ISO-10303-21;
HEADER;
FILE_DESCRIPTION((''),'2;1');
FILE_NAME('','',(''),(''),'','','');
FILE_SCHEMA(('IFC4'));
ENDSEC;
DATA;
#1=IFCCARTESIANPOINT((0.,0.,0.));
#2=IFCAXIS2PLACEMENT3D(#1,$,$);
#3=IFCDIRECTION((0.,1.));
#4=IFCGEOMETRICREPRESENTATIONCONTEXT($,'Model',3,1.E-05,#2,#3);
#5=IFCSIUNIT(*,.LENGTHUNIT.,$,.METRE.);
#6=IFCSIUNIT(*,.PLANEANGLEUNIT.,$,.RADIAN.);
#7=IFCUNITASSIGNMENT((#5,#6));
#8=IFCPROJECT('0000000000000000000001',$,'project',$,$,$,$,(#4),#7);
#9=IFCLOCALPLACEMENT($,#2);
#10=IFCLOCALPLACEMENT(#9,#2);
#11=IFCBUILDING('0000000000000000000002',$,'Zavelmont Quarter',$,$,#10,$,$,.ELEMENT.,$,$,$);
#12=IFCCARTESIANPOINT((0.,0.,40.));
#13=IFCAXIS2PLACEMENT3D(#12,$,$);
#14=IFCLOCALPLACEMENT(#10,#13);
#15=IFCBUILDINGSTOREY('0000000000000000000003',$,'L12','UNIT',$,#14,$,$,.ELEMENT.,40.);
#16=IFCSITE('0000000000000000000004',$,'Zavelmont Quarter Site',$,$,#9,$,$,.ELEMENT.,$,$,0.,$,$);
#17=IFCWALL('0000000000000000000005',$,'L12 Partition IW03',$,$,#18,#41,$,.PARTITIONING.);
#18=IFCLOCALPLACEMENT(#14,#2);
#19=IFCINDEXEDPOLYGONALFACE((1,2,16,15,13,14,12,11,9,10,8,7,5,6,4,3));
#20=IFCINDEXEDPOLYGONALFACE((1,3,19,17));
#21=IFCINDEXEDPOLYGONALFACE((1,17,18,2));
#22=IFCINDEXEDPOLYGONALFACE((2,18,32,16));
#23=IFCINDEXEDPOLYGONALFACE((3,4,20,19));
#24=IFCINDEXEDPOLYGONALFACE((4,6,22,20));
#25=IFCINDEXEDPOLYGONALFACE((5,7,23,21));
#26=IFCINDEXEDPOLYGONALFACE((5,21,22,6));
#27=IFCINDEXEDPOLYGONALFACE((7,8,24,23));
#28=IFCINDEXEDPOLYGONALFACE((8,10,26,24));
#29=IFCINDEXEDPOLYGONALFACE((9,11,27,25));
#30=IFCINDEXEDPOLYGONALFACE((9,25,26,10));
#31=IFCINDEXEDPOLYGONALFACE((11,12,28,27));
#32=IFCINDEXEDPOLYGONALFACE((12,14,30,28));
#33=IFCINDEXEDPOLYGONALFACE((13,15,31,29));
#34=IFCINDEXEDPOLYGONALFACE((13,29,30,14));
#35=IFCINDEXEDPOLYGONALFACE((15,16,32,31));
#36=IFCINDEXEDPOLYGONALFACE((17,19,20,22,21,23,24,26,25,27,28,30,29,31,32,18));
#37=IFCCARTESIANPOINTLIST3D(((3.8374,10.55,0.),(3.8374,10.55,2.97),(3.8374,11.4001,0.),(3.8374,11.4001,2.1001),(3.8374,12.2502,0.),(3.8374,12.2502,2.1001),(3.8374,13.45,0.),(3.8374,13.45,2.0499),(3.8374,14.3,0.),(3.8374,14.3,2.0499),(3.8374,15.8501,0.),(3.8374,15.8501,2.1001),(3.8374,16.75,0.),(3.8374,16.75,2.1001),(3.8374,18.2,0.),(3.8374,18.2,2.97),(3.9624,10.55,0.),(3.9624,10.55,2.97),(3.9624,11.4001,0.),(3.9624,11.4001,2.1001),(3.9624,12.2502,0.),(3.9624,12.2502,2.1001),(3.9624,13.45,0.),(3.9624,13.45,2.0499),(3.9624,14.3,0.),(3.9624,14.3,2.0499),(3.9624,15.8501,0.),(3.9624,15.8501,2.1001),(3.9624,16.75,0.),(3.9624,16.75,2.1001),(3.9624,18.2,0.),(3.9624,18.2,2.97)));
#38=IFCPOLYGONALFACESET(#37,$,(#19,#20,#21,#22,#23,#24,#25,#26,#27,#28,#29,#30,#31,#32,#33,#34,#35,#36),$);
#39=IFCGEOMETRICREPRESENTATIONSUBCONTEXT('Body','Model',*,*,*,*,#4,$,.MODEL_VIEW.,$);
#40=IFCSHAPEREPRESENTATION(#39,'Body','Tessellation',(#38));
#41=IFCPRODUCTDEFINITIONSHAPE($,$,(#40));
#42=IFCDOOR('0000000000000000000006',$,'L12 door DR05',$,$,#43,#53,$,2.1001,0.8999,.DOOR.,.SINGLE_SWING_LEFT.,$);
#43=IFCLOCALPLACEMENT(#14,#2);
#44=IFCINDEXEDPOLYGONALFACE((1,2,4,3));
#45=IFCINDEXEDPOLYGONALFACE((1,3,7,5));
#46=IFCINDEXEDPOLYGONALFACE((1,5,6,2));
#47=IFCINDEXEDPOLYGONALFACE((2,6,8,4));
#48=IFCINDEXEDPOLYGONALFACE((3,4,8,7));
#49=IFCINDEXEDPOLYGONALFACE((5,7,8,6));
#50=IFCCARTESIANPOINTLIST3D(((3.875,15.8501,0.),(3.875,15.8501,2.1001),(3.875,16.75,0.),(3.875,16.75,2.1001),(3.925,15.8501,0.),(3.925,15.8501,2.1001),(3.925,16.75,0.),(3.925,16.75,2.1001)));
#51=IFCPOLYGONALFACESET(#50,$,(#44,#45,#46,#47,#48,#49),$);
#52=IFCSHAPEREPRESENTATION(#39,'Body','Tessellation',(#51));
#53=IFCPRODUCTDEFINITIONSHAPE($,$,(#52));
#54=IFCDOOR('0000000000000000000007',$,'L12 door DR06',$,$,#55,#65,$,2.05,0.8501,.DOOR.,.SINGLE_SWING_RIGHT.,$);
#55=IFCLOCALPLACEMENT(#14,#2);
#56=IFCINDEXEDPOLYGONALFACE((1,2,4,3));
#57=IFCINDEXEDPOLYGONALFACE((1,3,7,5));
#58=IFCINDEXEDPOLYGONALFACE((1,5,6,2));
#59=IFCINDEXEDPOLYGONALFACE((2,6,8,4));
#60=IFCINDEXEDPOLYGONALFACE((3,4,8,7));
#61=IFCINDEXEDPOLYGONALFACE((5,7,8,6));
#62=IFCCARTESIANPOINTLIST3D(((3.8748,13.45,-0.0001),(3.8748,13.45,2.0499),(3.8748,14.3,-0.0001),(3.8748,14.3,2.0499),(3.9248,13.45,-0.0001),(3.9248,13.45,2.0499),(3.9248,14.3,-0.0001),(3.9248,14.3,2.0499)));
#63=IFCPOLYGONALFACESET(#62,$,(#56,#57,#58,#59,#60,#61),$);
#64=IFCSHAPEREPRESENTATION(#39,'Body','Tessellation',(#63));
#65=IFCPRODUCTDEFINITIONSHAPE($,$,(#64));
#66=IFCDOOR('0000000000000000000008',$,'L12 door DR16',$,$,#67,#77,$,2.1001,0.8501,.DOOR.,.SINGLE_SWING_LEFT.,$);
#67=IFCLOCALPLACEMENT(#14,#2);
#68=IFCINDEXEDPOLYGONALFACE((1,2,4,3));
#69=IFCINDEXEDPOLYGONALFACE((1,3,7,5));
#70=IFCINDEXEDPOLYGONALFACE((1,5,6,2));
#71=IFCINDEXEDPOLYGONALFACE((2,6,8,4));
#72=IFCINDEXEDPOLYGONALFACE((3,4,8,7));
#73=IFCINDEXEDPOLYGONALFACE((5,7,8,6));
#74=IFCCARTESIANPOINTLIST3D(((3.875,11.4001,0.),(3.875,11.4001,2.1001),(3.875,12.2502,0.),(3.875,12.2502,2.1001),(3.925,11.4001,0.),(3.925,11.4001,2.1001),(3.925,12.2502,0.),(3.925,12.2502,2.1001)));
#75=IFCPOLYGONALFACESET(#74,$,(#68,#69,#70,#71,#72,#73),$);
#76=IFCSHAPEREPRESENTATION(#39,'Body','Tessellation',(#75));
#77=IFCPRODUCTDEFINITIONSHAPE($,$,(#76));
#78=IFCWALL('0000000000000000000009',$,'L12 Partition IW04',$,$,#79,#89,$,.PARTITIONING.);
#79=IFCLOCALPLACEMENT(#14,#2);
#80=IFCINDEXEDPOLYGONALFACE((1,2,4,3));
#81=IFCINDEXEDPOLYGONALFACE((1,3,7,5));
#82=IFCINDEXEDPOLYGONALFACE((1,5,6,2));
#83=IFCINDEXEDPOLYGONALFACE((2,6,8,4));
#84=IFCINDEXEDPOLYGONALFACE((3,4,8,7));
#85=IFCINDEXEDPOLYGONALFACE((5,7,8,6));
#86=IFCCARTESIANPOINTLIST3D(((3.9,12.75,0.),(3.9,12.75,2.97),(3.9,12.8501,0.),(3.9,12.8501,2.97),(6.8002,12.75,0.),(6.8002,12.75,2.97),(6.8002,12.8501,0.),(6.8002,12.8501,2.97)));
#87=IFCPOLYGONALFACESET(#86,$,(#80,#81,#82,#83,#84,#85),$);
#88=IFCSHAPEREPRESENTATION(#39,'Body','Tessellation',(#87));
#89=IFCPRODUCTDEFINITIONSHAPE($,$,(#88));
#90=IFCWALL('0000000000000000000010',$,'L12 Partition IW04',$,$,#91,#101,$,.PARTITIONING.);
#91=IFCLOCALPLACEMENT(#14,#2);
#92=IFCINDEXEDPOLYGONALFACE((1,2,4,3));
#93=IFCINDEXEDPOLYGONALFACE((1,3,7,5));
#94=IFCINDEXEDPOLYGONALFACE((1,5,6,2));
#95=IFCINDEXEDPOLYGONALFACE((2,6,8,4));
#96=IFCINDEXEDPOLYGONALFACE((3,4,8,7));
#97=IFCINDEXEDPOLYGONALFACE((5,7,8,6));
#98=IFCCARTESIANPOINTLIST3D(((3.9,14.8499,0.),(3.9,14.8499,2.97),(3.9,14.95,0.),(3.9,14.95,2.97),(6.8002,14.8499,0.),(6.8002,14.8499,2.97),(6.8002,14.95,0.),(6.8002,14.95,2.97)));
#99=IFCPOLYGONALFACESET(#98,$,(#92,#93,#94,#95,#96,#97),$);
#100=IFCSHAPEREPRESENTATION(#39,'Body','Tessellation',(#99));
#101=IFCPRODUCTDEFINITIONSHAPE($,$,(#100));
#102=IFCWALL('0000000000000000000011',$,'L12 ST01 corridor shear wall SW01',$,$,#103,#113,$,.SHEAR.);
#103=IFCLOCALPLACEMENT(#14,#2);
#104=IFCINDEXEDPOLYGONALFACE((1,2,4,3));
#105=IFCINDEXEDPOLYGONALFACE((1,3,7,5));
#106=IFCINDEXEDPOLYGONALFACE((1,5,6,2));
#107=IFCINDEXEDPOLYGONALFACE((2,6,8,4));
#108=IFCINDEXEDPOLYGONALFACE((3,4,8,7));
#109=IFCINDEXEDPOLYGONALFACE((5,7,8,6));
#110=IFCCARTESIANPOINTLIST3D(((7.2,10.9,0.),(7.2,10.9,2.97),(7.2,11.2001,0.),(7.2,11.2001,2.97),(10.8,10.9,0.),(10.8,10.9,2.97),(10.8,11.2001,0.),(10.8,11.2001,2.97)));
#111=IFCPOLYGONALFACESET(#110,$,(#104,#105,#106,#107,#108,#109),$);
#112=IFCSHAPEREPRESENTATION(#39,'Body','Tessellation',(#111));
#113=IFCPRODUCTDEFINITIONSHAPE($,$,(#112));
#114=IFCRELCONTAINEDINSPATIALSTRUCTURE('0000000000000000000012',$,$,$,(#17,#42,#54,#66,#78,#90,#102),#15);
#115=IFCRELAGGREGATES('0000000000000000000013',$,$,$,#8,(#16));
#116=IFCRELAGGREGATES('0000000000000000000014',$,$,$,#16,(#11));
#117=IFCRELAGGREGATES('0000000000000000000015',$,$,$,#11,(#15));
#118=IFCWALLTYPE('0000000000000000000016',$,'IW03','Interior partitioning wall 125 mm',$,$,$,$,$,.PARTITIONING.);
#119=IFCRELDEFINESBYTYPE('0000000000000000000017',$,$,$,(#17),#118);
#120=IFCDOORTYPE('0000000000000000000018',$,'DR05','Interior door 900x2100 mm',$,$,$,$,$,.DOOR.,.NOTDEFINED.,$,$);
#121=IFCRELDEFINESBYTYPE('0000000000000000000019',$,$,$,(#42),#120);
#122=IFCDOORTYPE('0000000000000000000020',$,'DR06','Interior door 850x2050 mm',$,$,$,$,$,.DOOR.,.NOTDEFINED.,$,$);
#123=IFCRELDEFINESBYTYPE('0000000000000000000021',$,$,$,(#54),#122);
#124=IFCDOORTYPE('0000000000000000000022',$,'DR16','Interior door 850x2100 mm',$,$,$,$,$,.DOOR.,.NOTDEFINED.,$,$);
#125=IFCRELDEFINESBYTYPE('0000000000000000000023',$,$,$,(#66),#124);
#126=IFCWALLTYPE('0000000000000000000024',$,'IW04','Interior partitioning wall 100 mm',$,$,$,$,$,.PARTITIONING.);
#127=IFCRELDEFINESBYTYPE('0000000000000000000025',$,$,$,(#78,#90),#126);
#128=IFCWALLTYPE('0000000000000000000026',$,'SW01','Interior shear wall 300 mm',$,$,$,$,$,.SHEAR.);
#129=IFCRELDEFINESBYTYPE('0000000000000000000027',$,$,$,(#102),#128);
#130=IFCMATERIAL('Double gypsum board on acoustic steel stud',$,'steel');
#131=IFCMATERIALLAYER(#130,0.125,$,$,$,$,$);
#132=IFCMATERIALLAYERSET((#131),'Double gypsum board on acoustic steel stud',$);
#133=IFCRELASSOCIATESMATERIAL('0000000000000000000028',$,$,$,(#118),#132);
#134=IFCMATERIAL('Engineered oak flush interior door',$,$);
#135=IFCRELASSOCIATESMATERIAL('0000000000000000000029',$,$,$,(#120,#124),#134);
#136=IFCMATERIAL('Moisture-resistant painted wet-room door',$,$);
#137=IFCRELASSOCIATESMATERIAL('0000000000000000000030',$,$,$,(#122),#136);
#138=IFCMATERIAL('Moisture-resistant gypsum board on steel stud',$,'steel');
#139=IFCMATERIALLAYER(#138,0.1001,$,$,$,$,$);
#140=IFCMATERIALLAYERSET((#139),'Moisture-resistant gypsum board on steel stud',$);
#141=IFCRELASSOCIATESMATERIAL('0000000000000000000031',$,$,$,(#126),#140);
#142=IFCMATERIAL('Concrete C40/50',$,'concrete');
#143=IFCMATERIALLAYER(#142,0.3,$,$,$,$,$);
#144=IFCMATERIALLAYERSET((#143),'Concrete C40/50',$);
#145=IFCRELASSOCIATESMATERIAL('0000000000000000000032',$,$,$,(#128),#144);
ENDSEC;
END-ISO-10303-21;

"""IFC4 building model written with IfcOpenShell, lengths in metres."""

from ifc_helpers import new_model, si_unit, direction, frame, frame_2d, origin, origin_with_axes, place, context, subcontext, project, spatial, rectangle, extrude, material, layer, layer_set, type_object, element, fill, save


model = new_model("IFC4")

# Units and contexts
model_context = context("Model", 3, precision=1e-05, world=origin(), true_north=direction((0.0, 1.0)))
body_context = subcontext(model_context, "Body", "Model", "MODEL_VIEW")
ifc_project = project(units=[si_unit("LENGTHUNIT", "METRE"), si_unit("PLANEANGLEUNIT", "RADIAN")], contexts=[model_context])

# Site, building, storey
site_placement = place(None, origin())
site = spatial("IfcSite", under=ifc_project, at=site_placement, Name="Zavelmont Quarter Site", CompositionType="ELEMENT", RefElevation=0.0)
building_placement = place(site_placement, origin())
building = spatial("IfcBuilding", under=site, at=building_placement, Name="Zavelmont Quarter", CompositionType="ELEMENT")
storey_placement = place(building_placement, frame((0.0, 0.0, 40.0)))
storey = spatial("IfcBuildingStorey", under=building, at=storey_placement, Name="L12", Description="UNIT", CompositionType="ELEMENT", Elevation=40.0)

# Shared definitions
ifc_material_1 = material(Name="Concrete C40/50", Category="concrete")

# Wall, openings, doors
ifc_material_2 = material(Name="Double gypsum board on acoustic steel stud", Category="steel")
ifc_layer_1 = layer(ifc_material_2, 0.125)
ifc_layer_set_1 = layer_set([ifc_layer_1], Name="Double gypsum board on acoustic steel stud")
wall_type_1 = type_object("IfcWallType", Name="IW03", Description="Interior partitioning wall 125 mm", PredefinedType="PARTITIONING", material=ifc_layer_set_1)
wall_1_placement = place(storey_placement, frame((3.8999, 10.55, 0.0), z_axis=(0.0, 0.0, 1.0), x_axis=(0.0, 1.0, 0.0)))
wall_1 = element("IfcWall", 1, at=wall_1_placement, inside=storey, type_object=wall_type_1, Name="L12 Partition IW03", PredefinedType="PARTITIONING", context=body_context, shape_type="SweptSolid", body=[
    extrude(rectangle(XDim=7.6499, YDim=0.125, at=frame_2d((3.825, 0.0))), origin(), (0.0, 0.0, 1.0), 2.97),
])
opening_1_placement = place(wall_1_placement, frame((0.8501, 0.0, 0.0)))
opening_1 = element("IfcOpeningElement", 2, at=opening_1_placement, cuts=wall_1, PredefinedType="OPENING", context=body_context, shape_type="SweptSolid", body=[
    extrude(rectangle(XDim=0.8501, YDim=2.1001, at=frame_2d((0.425, 1.05))), frame((0.0, 0.0745, 0.0), z_axis=(0.0, -1.0, 0.0), x_axis=(1.0, 0.0, 0.0)), (0.0, 0.0, 1.0), 0.1489),
])
opening_2_placement = place(wall_1_placement, frame((2.8999, 0.0, 0.0)))
opening_2 = element("IfcOpeningElement", 3, at=opening_2_placement, cuts=wall_1, PredefinedType="OPENING", context=body_context, shape_type="SweptSolid", body=[
    extrude(rectangle(XDim=0.8501, YDim=2.05, at=frame_2d((0.425, 1.0249))), frame((0.0, 0.0745, 0.0), z_axis=(0.0, -1.0, 0.0), x_axis=(1.0, 0.0, 0.0)), (0.0, 0.0, 1.0), 0.1489),
])
opening_3_placement = place(wall_1_placement, frame((5.3, 0.0, 0.0)))
opening_3 = element("IfcOpeningElement", 4, at=opening_3_placement, cuts=wall_1, PredefinedType="OPENING", context=body_context, shape_type="SweptSolid", body=[
    extrude(rectangle(XDim=0.8999, YDim=2.1001, at=frame_2d((0.45, 1.05))), frame((0.0, 0.0745, 0.0), z_axis=(0.0, -1.0, 0.0), x_axis=(1.0, 0.0, 0.0)), (0.0, 0.0, 1.0), 0.1489),
])
ifc_material_3 = material(Name="Engineered oak flush interior door")
door_type_1 = type_object("IfcDoorType", Name="DR05", Description="Interior door 900x2100 mm", OperationType="NOTDEFINED", PredefinedType="DOOR", material=ifc_material_3)
door_1_placement = place(opening_3_placement, origin_with_axes())
door_1 = element("IfcDoor", 5, at=door_1_placement, inside=storey, type_object=door_type_1, Name="L12 door DR05", OperationType="SINGLE_SWING_LEFT", OverallHeight=2.1001, OverallWidth=0.8999, PredefinedType="DOOR", context=body_context, shape_type="SweptSolid", body=[
    extrude(rectangle(XDim=0.8999, YDim=2.1001, at=frame_2d((0.45, 1.05))), frame((0.0, 0.0249, 0.0), z_axis=(0.0, -1.0, 0.0), x_axis=(1.0, 0.0, 0.0)), (0.0, 0.0, 1.0), 0.05),
])
fill(opening_3, door_1)
ifc_material_4 = material(Name="Moisture-resistant painted wet-room door")
door_type_2 = type_object("IfcDoorType", Name="DR06", Description="Interior door 850x2050 mm", OperationType="NOTDEFINED", PredefinedType="DOOR", material=ifc_material_4)
door_2_placement = place(opening_2_placement, frame((0.8501, 0.0, 0.0), z_axis=(0.0, 0.0, 1.0), x_axis=(-1.0, 0.0, 0.0)))
door_2 = element("IfcDoor", 6, at=door_2_placement, inside=storey, type_object=door_type_2, Name="L12 door DR06", OperationType="SINGLE_SWING_RIGHT", OverallHeight=2.05, OverallWidth=0.8501, PredefinedType="DOOR", context=body_context, shape_type="SweptSolid", body=[
    extrude(rectangle(XDim=0.8501, YDim=2.05, at=frame_2d((0.425, 1.0249))), frame((0.0, 0.0249, 0.0), z_axis=(0.0, -1.0, 0.0), x_axis=(1.0, 0.0, 0.0)), (0.0, 0.0, 1.0), 0.05),
])
fill(opening_2, door_2)
door_type_3 = type_object("IfcDoorType", Name="DR16", Description="Interior door 850x2100 mm", OperationType="NOTDEFINED", PredefinedType="DOOR", material=ifc_material_3)
door_3_placement = place(opening_1_placement, origin_with_axes())
door_3 = element("IfcDoor", 7, at=door_3_placement, inside=storey, type_object=door_type_3, Name="L12 door DR16", OperationType="SINGLE_SWING_LEFT", OverallHeight=2.1001, OverallWidth=0.8501, PredefinedType="DOOR", context=body_context, shape_type="SweptSolid", body=[
    extrude(rectangle(XDim=0.8501, YDim=2.1001, at=frame_2d((0.425, 1.05))), frame((0.0, 0.0249, 0.0), z_axis=(0.0, -1.0, 0.0), x_axis=(1.0, 0.0, 0.0)), (0.0, 0.0, 1.0), 0.05),
])
fill(opening_1, door_3)

# Walls
ifc_material_5 = material(Name="Moisture-resistant gypsum board on steel stud", Category="steel")
ifc_layer_2 = layer(ifc_material_5, 0.1001)
ifc_layer_set_2 = layer_set([ifc_layer_2], Name="Moisture-resistant gypsum board on steel stud")
wall_type_2 = type_object("IfcWallType", Name="IW04", Description="Interior partitioning wall 100 mm", PredefinedType="PARTITIONING", material=ifc_layer_set_2)
for number, where, z_axis, x_axis, name in (
    (8, (3.8999, 12.8, 0.0), (0.0, 0.0, 1.0), (1.0, 0.0, 0.0), "L12 Partition IW04"),
    (9, (3.8999, 14.8999, 0.0), (0.0, 0.0, 1.0), (1.0, 0.0, 0.0), "L12 Partition IW04"),
):
    element("IfcWall", number, at=place(storey_placement, frame(where, z_axis=z_axis, x_axis=x_axis)), inside=storey, type_object=wall_type_2, Name=name, PredefinedType="PARTITIONING", context=body_context, shape_type="SweptSolid", body=[
        extrude(rectangle(XDim=2.9001, YDim=0.1001, at=frame_2d((1.4502, 0.0))), origin(), (0.0, 0.0, 1.0), 2.97),
    ])
ifc_layer_3 = layer(ifc_material_1, 0.3)
ifc_layer_set_3 = layer_set([ifc_layer_3], Name="Concrete C40/50")
wall_type_3 = type_object("IfcWallType", Name="SW01", Description="Interior shear wall 300 mm", PredefinedType="SHEAR", material=ifc_layer_set_3)
wall_2_placement = place(storey_placement, frame((7.2, 11.05, 0.0), z_axis=(0.0, 0.0, 1.0), x_axis=(1.0, 0.0, 0.0)))
element("IfcWall", 10, at=wall_2_placement, inside=storey, type_object=wall_type_3, Name="L12 ST01 corridor shear wall SW01", PredefinedType="SHEAR", context=body_context, shape_type="SweptSolid", body=[
    extrude(rectangle(XDim=3.6001, YDim=0.3, at=frame_2d((1.8, 0.0))), origin(), (0.0, 0.0, 1.0), 2.97),
])

save(model, "model.ifc")
